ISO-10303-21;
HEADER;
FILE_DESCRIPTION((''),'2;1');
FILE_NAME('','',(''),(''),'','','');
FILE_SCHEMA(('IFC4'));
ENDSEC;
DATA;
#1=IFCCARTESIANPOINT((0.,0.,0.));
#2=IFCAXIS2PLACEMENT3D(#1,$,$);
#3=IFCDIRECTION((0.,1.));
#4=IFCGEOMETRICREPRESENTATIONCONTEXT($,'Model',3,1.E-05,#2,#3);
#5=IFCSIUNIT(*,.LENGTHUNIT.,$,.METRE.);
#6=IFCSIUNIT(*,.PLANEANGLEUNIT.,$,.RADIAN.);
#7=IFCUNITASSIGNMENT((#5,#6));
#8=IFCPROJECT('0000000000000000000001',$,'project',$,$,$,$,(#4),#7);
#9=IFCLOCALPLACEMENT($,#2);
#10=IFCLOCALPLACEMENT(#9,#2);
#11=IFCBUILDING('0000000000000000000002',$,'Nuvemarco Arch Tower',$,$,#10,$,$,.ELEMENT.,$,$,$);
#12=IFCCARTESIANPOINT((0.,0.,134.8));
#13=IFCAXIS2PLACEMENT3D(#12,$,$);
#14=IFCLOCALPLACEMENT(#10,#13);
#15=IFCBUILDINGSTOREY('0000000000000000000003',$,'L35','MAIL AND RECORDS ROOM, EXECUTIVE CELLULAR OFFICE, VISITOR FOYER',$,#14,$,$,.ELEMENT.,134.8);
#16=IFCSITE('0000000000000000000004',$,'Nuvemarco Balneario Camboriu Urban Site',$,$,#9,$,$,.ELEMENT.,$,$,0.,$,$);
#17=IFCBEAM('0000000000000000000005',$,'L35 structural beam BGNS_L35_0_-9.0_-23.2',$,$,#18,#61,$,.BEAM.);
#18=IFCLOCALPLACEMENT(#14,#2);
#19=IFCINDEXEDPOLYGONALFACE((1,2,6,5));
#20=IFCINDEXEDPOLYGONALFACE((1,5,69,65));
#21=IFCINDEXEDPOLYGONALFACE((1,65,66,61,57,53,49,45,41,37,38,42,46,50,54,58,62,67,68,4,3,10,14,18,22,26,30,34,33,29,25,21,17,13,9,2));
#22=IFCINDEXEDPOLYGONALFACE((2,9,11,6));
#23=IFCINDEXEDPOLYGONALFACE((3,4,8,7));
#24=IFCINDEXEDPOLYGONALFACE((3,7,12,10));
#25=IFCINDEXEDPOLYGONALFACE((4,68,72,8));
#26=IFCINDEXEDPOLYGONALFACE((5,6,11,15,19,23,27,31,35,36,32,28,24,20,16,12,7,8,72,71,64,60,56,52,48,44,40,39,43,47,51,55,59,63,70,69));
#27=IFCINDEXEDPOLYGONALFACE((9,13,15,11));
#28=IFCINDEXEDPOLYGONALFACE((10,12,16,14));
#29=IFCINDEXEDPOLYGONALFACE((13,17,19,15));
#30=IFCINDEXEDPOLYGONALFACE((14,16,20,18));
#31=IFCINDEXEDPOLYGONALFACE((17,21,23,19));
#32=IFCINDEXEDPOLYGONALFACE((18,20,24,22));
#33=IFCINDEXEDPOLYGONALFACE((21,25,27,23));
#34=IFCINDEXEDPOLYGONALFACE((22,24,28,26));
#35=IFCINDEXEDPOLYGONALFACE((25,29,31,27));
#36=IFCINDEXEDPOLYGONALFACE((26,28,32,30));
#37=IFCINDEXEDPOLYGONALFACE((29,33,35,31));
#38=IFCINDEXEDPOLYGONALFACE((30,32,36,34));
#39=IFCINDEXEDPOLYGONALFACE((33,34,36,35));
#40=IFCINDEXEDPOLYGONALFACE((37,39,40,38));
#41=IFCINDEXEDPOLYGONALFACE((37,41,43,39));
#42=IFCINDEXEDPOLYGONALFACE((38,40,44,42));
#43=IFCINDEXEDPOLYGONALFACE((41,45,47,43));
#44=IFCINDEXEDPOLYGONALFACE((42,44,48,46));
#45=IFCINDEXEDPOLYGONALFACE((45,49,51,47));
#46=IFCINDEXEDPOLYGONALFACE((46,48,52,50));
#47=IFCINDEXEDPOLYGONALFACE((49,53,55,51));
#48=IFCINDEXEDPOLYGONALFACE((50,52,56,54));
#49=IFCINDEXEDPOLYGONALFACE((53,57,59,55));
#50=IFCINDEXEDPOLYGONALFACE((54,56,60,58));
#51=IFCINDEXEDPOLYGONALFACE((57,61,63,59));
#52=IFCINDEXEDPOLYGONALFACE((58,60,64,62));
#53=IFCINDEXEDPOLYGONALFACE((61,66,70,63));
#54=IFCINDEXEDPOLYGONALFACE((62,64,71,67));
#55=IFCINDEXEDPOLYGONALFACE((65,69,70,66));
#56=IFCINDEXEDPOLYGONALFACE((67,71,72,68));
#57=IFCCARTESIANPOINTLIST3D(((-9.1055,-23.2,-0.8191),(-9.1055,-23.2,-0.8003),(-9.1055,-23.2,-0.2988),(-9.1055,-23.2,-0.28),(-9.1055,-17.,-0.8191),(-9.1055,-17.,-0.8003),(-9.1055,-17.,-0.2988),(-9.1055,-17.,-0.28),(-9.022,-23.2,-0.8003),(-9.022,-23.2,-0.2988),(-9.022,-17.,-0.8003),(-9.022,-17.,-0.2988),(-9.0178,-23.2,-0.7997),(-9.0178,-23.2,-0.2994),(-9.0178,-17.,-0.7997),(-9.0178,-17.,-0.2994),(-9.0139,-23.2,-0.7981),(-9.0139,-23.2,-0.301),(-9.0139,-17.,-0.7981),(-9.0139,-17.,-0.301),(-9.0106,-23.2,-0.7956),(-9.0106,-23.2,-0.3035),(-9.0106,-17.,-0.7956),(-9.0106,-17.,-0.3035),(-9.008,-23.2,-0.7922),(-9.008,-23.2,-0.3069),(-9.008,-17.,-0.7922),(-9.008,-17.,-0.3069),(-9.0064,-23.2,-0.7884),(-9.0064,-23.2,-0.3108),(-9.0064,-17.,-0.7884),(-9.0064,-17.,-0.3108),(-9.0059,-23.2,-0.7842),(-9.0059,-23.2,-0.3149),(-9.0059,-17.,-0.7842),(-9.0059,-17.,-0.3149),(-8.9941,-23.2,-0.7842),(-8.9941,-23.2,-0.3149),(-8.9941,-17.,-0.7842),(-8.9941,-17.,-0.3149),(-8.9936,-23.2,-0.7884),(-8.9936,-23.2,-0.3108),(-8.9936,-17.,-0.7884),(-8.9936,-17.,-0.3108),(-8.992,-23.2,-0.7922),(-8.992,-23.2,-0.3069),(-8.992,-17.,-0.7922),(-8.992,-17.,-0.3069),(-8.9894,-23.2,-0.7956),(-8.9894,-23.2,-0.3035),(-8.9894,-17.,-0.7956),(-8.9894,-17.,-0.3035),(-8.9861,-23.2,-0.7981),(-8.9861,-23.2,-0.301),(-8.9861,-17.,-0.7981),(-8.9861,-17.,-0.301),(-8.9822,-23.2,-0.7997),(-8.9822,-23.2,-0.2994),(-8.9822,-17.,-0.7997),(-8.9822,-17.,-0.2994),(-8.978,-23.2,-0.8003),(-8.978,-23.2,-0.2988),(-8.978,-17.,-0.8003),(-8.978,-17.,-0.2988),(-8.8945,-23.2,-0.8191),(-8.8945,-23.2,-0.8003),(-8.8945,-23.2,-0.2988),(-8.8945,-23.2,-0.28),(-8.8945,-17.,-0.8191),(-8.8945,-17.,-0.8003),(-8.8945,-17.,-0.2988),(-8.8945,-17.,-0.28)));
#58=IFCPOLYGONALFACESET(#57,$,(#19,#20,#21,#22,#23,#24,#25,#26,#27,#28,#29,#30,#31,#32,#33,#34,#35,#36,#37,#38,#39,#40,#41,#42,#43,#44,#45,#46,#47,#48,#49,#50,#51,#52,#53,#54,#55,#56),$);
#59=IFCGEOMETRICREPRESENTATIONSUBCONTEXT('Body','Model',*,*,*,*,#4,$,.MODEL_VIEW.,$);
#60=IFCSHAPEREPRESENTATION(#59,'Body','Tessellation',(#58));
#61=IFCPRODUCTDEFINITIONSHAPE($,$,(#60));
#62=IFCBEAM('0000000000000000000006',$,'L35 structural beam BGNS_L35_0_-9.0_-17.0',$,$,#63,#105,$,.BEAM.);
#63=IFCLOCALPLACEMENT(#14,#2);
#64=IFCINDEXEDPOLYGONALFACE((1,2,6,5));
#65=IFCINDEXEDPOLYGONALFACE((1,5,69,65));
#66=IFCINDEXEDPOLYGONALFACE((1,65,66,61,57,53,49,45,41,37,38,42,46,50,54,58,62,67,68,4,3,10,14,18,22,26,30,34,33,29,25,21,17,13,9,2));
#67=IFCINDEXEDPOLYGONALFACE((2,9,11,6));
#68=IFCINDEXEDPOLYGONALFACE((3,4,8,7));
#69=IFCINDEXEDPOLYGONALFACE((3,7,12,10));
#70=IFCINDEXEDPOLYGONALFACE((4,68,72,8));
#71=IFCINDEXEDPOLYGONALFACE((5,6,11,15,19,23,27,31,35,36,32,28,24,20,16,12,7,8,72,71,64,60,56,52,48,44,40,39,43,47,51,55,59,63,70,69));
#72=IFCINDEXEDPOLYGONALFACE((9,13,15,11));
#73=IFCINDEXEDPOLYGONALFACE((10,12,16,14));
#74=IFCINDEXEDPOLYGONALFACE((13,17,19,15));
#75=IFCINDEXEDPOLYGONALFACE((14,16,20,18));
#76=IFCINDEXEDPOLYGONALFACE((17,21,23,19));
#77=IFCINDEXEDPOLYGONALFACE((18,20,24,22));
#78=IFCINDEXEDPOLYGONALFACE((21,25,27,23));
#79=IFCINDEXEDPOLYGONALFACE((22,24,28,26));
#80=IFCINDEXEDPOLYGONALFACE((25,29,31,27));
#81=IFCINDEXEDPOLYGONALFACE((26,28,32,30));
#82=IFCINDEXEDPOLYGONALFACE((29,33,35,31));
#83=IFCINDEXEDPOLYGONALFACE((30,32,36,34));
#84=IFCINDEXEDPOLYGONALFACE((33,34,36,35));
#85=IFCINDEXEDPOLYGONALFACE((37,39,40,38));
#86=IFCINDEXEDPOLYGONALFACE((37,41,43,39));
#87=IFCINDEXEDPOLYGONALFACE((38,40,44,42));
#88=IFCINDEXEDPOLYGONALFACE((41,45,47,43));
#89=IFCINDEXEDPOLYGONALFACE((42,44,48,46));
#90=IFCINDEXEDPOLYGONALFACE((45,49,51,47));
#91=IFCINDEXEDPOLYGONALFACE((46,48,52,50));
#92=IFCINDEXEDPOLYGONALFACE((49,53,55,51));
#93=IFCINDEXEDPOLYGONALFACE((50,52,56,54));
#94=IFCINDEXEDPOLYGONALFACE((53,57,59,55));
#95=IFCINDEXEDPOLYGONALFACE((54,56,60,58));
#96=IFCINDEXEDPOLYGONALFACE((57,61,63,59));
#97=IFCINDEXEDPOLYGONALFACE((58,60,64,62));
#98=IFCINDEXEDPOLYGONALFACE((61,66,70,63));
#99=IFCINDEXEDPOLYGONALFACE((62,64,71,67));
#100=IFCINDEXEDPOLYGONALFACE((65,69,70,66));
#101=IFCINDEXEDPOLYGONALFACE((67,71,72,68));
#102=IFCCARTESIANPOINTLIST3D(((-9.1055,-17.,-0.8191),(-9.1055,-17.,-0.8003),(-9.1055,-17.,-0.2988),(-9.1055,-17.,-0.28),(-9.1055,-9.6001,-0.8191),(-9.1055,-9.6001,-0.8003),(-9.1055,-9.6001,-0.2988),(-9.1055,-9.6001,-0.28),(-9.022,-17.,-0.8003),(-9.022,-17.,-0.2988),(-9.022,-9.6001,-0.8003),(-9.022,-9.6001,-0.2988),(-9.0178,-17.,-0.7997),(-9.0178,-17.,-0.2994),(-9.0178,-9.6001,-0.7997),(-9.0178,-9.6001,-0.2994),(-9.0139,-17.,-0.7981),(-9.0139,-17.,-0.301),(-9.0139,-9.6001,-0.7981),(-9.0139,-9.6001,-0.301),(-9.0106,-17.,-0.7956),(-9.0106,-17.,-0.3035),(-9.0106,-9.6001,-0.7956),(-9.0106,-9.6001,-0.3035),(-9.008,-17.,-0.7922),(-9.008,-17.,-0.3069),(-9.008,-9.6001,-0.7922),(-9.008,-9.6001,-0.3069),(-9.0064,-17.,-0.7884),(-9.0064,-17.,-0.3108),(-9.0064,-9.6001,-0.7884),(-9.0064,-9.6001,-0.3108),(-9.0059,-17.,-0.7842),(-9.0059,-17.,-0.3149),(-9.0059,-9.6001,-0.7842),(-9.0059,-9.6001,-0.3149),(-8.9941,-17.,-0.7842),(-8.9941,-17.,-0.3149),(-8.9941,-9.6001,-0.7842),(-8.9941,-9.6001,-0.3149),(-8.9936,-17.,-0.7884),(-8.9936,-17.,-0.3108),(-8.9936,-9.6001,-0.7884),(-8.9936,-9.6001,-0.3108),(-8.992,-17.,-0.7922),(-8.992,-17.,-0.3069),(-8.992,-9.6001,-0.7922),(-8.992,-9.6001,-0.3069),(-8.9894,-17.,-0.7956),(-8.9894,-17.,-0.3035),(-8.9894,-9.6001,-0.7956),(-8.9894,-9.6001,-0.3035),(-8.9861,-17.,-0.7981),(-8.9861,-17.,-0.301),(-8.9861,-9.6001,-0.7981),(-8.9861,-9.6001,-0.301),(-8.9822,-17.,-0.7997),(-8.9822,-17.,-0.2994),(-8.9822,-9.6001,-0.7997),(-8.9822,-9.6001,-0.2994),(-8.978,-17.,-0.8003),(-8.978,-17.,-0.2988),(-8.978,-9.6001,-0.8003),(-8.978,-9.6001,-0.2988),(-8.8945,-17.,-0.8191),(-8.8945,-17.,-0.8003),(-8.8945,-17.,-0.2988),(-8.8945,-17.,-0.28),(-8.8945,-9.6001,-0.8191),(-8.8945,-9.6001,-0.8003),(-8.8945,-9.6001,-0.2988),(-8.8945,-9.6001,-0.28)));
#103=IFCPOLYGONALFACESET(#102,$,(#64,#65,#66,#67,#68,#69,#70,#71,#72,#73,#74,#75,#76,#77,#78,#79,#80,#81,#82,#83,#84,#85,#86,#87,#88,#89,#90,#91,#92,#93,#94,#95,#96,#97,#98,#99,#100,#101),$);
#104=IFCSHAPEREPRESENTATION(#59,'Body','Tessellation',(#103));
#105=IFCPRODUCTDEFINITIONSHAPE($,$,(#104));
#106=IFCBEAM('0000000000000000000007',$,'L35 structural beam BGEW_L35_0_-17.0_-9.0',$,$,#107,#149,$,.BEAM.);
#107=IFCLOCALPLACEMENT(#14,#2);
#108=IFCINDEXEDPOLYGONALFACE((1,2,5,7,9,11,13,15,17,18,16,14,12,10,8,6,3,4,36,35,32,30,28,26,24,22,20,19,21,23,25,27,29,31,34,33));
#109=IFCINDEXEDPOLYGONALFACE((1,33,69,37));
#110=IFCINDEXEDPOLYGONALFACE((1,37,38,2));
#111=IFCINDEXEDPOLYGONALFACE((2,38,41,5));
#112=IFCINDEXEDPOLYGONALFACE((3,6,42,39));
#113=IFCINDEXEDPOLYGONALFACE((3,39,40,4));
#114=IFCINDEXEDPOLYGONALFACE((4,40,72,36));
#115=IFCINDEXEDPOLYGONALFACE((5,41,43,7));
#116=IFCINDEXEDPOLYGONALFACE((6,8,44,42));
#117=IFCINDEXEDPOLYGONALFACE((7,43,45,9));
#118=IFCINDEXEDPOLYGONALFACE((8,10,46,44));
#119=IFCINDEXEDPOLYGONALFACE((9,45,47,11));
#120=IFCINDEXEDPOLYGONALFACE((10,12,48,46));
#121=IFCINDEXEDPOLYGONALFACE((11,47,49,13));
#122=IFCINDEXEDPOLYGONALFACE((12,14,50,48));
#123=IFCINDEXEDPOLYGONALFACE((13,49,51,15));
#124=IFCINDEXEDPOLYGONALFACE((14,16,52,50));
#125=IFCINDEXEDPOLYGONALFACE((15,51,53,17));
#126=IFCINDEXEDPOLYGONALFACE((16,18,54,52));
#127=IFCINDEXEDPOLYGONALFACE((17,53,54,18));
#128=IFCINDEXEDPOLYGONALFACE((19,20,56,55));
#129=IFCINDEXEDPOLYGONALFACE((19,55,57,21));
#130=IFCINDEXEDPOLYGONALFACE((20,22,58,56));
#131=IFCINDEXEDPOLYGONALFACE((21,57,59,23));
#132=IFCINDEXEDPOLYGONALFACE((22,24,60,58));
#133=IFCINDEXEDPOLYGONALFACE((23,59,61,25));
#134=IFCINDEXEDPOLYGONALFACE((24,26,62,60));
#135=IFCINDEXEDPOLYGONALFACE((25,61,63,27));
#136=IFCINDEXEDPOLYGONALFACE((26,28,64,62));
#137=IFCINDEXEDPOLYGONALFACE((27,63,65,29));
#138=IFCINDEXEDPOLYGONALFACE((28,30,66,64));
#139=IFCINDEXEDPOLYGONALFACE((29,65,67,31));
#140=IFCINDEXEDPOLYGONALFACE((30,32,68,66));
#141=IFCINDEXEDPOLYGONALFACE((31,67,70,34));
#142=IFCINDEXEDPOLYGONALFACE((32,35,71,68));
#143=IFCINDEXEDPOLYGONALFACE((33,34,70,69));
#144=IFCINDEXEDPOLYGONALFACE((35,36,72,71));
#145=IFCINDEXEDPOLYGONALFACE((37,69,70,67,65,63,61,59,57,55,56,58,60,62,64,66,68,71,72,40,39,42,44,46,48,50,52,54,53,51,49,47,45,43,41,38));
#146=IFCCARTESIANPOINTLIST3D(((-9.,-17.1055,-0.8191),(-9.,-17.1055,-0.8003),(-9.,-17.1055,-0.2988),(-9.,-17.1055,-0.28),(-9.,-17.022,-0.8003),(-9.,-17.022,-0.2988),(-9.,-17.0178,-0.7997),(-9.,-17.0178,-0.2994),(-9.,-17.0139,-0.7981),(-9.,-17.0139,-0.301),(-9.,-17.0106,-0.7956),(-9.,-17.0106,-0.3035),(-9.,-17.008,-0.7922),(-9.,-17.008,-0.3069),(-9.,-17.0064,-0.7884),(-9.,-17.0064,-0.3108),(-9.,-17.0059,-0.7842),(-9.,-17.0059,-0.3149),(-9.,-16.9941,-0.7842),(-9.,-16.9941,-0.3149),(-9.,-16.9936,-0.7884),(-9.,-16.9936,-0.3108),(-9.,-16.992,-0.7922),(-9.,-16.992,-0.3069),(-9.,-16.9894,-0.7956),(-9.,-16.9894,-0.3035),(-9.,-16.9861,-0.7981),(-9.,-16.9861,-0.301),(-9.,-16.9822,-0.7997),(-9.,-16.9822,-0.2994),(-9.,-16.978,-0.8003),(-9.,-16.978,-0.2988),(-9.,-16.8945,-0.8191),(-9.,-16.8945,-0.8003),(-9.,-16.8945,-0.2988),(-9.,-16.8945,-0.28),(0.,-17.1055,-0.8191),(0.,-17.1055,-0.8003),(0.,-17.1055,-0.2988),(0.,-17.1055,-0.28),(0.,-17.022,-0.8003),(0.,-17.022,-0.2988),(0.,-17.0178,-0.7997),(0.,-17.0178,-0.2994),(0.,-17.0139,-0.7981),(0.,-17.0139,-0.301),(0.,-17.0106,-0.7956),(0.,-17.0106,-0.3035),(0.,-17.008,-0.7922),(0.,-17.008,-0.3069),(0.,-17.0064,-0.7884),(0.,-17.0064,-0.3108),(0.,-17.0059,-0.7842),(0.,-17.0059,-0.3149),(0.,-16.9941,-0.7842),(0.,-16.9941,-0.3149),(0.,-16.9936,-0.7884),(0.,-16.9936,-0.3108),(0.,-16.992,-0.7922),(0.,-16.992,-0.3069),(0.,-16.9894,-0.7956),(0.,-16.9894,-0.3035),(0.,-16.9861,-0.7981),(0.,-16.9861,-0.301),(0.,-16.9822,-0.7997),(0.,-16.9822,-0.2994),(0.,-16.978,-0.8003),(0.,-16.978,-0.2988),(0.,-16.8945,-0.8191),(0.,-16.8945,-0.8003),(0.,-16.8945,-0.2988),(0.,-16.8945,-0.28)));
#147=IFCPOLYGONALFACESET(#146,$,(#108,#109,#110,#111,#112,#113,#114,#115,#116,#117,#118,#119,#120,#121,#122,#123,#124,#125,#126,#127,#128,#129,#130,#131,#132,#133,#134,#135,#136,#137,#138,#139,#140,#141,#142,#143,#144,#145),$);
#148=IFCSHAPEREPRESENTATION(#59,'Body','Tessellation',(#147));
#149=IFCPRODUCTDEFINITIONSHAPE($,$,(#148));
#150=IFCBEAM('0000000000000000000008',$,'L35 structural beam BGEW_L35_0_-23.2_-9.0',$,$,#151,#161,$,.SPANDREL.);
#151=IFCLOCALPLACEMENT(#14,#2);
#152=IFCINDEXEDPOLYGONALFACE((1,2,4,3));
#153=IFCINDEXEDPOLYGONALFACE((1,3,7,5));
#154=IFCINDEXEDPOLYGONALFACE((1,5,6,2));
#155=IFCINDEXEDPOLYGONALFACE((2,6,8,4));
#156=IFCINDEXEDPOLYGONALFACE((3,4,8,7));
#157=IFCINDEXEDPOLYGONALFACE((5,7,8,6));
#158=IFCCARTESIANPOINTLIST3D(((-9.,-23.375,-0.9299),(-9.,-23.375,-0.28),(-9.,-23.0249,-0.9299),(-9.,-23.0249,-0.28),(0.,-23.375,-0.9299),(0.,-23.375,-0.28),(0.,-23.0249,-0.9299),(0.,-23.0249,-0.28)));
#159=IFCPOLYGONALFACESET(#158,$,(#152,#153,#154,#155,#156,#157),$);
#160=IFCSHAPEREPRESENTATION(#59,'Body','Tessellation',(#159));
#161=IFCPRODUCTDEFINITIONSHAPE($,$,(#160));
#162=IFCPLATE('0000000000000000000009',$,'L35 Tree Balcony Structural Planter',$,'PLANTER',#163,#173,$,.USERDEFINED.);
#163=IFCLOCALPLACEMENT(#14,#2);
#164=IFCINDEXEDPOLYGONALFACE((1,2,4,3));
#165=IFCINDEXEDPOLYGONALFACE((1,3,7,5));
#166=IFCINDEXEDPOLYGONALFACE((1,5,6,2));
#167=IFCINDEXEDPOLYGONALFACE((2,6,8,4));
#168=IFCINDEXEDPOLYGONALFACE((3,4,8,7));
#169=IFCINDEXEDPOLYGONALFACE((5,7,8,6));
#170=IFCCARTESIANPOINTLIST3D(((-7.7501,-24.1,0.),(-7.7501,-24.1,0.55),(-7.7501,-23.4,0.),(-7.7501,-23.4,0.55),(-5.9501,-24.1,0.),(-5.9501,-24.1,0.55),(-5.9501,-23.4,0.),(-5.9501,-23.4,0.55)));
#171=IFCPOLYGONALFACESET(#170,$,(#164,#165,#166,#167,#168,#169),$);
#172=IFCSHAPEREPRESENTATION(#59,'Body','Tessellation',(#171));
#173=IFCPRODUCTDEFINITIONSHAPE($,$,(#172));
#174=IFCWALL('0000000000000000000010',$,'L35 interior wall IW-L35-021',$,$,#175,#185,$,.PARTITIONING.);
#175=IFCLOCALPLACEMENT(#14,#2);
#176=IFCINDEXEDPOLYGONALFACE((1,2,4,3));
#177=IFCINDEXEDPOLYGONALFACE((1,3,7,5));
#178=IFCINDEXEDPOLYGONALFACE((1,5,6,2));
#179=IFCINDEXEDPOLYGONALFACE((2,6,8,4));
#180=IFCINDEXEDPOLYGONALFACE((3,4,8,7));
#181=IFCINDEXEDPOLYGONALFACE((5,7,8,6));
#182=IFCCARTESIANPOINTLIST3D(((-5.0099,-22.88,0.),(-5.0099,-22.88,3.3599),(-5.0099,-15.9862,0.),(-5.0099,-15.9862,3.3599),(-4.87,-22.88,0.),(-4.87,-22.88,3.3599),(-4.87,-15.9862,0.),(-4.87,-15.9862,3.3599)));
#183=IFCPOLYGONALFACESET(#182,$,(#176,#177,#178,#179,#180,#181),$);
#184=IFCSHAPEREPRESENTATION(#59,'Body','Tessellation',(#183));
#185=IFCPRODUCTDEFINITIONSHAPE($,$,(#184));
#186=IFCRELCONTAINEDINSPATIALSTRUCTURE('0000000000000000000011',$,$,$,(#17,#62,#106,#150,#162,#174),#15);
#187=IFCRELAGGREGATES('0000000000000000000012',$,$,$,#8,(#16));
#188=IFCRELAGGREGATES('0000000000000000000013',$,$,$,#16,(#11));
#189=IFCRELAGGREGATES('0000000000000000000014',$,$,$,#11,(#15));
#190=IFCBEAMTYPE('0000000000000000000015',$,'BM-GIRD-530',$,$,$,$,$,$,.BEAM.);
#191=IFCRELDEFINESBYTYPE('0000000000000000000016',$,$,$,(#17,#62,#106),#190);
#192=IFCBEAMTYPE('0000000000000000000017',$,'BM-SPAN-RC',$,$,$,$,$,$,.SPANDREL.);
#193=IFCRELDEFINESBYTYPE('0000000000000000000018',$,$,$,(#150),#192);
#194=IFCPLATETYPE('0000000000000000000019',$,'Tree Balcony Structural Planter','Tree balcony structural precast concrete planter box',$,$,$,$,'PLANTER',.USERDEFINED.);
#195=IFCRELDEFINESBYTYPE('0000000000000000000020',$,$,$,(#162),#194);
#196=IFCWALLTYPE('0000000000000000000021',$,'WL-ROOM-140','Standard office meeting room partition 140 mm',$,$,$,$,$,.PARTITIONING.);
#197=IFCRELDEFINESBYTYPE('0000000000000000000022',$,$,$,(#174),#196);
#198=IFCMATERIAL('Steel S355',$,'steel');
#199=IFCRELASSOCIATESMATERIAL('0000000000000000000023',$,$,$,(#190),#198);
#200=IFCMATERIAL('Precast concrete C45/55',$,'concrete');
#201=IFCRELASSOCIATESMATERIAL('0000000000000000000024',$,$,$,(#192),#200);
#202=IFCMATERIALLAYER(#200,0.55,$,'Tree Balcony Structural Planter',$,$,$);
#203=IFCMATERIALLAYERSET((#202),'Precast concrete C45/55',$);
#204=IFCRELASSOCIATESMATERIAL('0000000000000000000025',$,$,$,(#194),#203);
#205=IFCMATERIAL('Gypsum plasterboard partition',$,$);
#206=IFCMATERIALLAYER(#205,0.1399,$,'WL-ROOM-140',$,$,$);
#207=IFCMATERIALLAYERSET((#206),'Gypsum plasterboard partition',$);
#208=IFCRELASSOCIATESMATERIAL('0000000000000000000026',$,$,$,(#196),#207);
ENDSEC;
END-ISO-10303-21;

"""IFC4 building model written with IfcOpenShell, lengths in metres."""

from ifc_helpers import new_model, si_unit, direction, frame, frame_2d, origin, origin_2d, place, context, subcontext, project, spatial, rectangle, i_section, extrude, source, transform, mapped, material, layer, layer_set, material_profile, profile_set, type_object, type_shapes, element, save


model = new_model("IFC4")

# Units and contexts
model_context = context("Model", 3, precision=1e-05, world=origin(), true_north=direction((0.0, 1.0)))
body_context = subcontext(model_context, "Body", "Model", "MODEL_VIEW")
ifc_project = project(units=[si_unit("LENGTHUNIT", "METRE"), si_unit("PLANEANGLEUNIT", "RADIAN")], contexts=[model_context])

# Site, building, storey
site_placement = place(None, origin())
site = spatial("IfcSite", under=ifc_project, at=site_placement, Name="Nuvemarco Balneario Camboriu Urban Site", CompositionType="ELEMENT", RefElevation=0.0)
building_placement = place(site_placement, origin())
building = spatial("IfcBuilding", under=site, at=building_placement, Name="Nuvemarco Arch Tower", CompositionType="ELEMENT")
storey_placement = place(building_placement, frame((0.0, 0.0, 134.8)))
storey = spatial("IfcBuildingStorey", under=building, at=storey_placement, Name="L35", Description="MAIL AND RECORDS ROOM, EXECUTIVE CELLULAR OFFICE, VISITOR FOYER", CompositionType="ELEMENT", Elevation=134.8)

# Shared definitions
ifc_material_1 = material(Name="Steel S355", Category="steel")

# Beams
ifc_material_profile_1 = material_profile(ifc_material_1, i_section(OverallWidth=0.2109, OverallDepth=0.5391, WebThickness=0.0117, FlangeThickness=0.0188, FilletRadius=0.0161, at=origin_2d()), Name="W530x109")
ifc_profile_set_1 = profile_set([ifc_material_profile_1], Name="Steel S355")
beam_type_1 = type_object("IfcBeamType", Name="BM-GIRD-530", PredefinedType="BEAM", material=ifc_profile_set_1)
beam_1_placement = place(storey_placement, frame((-9.0, -23.2, -0.5496), z_axis=(0.0, 1.0, 0.0), x_axis=(-1.0, 0.0, 0.0)))
element("IfcBeam", 1, at=beam_1_placement, inside=storey, type_object=beam_type_1, Name="L35 structural beam BGNS_L35_0_-9.0_-23.2", PredefinedType="BEAM", context=body_context, shape_type="SweptSolid", body=[
    extrude(i_section(OverallWidth=0.2109, OverallDepth=0.5391, WebThickness=0.0117, FlangeThickness=0.0188, FilletRadius=0.0161, at=origin_2d()), origin(), (0.0, 0.0, 1.0), 6.2),
])
beam_2_placement = place(storey_placement, frame((-9.0, -17.0, -0.5496), z_axis=(0.0, 1.0, 0.0), x_axis=(-1.0, 0.0, 0.0)))
element("IfcBeam", 2, at=beam_2_placement, inside=storey, type_object=beam_type_1, Name="L35 structural beam BGNS_L35_0_-9.0_-17.0", PredefinedType="BEAM", context=body_context, shape_type="SweptSolid", body=[
    extrude(i_section(OverallWidth=0.2109, OverallDepth=0.5391, WebThickness=0.0117, FlangeThickness=0.0188, FilletRadius=0.0161, at=origin_2d()), origin(), (0.0, 0.0, 1.0), 7.3999),
])
beam_3_placement = place(storey_placement, frame((-9.0, -17.0, -0.5496), z_axis=(1.0, 0.0, 0.0), x_axis=(0.0, 1.0, 0.0)))
element("IfcBeam", 3, at=beam_3_placement, inside=storey, type_object=beam_type_1, Name="L35 structural beam BGEW_L35_0_-17.0_-9.0", PredefinedType="BEAM", context=body_context, shape_type="SweptSolid", body=[
    extrude(i_section(OverallWidth=0.2109, OverallDepth=0.5391, WebThickness=0.0117, FlangeThickness=0.0188, FilletRadius=0.0161, at=origin_2d()), origin(), (0.0, 0.0, 1.0), 9.0),
])
ifc_material_2 = material(Name="Precast concrete C45/55", Category="concrete")
ifc_material_profile_2 = material_profile(ifc_material_2, rectangle(XDim=0.3501, YDim=0.6499, at=origin_2d()), Name="PC-SP-350x650")
ifc_profile_set_2 = profile_set([ifc_material_profile_2], Name="Precast concrete C45/55")
beam_type_2 = type_object("IfcBeamType", Name="BM-SPAN-RC", PredefinedType="SPANDREL", material=ifc_profile_set_2)
beam_4_placement = place(storey_placement, frame((-9.0, -23.2, -0.605), z_axis=(1.0, 0.0, 0.0), x_axis=(0.0, 1.0, 0.0)))
element("IfcBeam", 4, at=beam_4_placement, inside=storey, type_object=beam_type_2, Name="L35 structural beam BGEW_L35_0_-23.2_-9.0", PredefinedType="SPANDREL", context=body_context, shape_type="SweptSolid", body=[
    extrude(rectangle(XDim=0.3501, YDim=0.6499, at=origin_2d()), origin(), (0.0, 0.0, 1.0), 9.0),
])

# Plate
ifc_layer_1 = layer(ifc_material_2, 0.55, Name="Tree Balcony Structural Planter")
ifc_layer_set_1 = layer_set([ifc_layer_1], Name="Precast concrete C45/55")
plate_type = type_object("IfcPlateType", Name="Tree Balcony Structural Planter", Description="Tree balcony structural precast concrete planter box", ElementType="PLANTER", PredefinedType="USERDEFINED", material=ifc_layer_set_1)
shared_shape_1 = source(origin(), body_context, "Body", "SweptSolid", [
    extrude(rectangle(XDim=1.8, YDim=0.7, at=origin_2d()), origin(), (0.0, 0.0, 1.0), 0.55),
])
type_shapes(plate_type, [shared_shape_1])
plate_placement = place(storey_placement, frame((-6.8501, -23.75, 0.0), z_axis=(0.0, 0.0, 1.0), x_axis=(1.0, 0.0, 0.0)))
element("IfcPlate", 5, at=plate_placement, inside=storey, type_object=plate_type, Name="L35 Tree Balcony Structural Planter", ObjectType="PLANTER", PredefinedType="USERDEFINED", context=body_context, shape_type="MappedRepresentation", body=[
    mapped(shared_shape_1, transform((0.0, 0.0, 0.0), scale=1.0)),
])

# Wall
ifc_material_3 = material(Name="Gypsum plasterboard partition")
ifc_layer_2 = layer(ifc_material_3, 0.1399, Name="WL-ROOM-140")
ifc_layer_set_2 = layer_set([ifc_layer_2], Name="Gypsum plasterboard partition")
wall_type_1 = type_object("IfcWallType", Name="WL-ROOM-140", Description="Standard office meeting room partition 140 mm", PredefinedType="PARTITIONING", material=ifc_layer_set_2)
wall_placement = place(storey_placement, frame((-4.9399, -22.8799, 0.0), z_axis=(0.0, 0.0, 1.0), x_axis=(0.0, 1.0, 0.0)))
element("IfcWall", 6, at=wall_placement, inside=storey, type_object=wall_type_1, Name="L35 interior wall IW-L35-021", PredefinedType="PARTITIONING", context=body_context, shape_type="SweptSolid", body=[
    extrude(rectangle(XDim=6.8938, YDim=0.1399, at=frame_2d((3.4468, 0.0))), origin(), (0.0, 0.0, 1.0), 3.3599),
])

save(model, "model.ifc")
